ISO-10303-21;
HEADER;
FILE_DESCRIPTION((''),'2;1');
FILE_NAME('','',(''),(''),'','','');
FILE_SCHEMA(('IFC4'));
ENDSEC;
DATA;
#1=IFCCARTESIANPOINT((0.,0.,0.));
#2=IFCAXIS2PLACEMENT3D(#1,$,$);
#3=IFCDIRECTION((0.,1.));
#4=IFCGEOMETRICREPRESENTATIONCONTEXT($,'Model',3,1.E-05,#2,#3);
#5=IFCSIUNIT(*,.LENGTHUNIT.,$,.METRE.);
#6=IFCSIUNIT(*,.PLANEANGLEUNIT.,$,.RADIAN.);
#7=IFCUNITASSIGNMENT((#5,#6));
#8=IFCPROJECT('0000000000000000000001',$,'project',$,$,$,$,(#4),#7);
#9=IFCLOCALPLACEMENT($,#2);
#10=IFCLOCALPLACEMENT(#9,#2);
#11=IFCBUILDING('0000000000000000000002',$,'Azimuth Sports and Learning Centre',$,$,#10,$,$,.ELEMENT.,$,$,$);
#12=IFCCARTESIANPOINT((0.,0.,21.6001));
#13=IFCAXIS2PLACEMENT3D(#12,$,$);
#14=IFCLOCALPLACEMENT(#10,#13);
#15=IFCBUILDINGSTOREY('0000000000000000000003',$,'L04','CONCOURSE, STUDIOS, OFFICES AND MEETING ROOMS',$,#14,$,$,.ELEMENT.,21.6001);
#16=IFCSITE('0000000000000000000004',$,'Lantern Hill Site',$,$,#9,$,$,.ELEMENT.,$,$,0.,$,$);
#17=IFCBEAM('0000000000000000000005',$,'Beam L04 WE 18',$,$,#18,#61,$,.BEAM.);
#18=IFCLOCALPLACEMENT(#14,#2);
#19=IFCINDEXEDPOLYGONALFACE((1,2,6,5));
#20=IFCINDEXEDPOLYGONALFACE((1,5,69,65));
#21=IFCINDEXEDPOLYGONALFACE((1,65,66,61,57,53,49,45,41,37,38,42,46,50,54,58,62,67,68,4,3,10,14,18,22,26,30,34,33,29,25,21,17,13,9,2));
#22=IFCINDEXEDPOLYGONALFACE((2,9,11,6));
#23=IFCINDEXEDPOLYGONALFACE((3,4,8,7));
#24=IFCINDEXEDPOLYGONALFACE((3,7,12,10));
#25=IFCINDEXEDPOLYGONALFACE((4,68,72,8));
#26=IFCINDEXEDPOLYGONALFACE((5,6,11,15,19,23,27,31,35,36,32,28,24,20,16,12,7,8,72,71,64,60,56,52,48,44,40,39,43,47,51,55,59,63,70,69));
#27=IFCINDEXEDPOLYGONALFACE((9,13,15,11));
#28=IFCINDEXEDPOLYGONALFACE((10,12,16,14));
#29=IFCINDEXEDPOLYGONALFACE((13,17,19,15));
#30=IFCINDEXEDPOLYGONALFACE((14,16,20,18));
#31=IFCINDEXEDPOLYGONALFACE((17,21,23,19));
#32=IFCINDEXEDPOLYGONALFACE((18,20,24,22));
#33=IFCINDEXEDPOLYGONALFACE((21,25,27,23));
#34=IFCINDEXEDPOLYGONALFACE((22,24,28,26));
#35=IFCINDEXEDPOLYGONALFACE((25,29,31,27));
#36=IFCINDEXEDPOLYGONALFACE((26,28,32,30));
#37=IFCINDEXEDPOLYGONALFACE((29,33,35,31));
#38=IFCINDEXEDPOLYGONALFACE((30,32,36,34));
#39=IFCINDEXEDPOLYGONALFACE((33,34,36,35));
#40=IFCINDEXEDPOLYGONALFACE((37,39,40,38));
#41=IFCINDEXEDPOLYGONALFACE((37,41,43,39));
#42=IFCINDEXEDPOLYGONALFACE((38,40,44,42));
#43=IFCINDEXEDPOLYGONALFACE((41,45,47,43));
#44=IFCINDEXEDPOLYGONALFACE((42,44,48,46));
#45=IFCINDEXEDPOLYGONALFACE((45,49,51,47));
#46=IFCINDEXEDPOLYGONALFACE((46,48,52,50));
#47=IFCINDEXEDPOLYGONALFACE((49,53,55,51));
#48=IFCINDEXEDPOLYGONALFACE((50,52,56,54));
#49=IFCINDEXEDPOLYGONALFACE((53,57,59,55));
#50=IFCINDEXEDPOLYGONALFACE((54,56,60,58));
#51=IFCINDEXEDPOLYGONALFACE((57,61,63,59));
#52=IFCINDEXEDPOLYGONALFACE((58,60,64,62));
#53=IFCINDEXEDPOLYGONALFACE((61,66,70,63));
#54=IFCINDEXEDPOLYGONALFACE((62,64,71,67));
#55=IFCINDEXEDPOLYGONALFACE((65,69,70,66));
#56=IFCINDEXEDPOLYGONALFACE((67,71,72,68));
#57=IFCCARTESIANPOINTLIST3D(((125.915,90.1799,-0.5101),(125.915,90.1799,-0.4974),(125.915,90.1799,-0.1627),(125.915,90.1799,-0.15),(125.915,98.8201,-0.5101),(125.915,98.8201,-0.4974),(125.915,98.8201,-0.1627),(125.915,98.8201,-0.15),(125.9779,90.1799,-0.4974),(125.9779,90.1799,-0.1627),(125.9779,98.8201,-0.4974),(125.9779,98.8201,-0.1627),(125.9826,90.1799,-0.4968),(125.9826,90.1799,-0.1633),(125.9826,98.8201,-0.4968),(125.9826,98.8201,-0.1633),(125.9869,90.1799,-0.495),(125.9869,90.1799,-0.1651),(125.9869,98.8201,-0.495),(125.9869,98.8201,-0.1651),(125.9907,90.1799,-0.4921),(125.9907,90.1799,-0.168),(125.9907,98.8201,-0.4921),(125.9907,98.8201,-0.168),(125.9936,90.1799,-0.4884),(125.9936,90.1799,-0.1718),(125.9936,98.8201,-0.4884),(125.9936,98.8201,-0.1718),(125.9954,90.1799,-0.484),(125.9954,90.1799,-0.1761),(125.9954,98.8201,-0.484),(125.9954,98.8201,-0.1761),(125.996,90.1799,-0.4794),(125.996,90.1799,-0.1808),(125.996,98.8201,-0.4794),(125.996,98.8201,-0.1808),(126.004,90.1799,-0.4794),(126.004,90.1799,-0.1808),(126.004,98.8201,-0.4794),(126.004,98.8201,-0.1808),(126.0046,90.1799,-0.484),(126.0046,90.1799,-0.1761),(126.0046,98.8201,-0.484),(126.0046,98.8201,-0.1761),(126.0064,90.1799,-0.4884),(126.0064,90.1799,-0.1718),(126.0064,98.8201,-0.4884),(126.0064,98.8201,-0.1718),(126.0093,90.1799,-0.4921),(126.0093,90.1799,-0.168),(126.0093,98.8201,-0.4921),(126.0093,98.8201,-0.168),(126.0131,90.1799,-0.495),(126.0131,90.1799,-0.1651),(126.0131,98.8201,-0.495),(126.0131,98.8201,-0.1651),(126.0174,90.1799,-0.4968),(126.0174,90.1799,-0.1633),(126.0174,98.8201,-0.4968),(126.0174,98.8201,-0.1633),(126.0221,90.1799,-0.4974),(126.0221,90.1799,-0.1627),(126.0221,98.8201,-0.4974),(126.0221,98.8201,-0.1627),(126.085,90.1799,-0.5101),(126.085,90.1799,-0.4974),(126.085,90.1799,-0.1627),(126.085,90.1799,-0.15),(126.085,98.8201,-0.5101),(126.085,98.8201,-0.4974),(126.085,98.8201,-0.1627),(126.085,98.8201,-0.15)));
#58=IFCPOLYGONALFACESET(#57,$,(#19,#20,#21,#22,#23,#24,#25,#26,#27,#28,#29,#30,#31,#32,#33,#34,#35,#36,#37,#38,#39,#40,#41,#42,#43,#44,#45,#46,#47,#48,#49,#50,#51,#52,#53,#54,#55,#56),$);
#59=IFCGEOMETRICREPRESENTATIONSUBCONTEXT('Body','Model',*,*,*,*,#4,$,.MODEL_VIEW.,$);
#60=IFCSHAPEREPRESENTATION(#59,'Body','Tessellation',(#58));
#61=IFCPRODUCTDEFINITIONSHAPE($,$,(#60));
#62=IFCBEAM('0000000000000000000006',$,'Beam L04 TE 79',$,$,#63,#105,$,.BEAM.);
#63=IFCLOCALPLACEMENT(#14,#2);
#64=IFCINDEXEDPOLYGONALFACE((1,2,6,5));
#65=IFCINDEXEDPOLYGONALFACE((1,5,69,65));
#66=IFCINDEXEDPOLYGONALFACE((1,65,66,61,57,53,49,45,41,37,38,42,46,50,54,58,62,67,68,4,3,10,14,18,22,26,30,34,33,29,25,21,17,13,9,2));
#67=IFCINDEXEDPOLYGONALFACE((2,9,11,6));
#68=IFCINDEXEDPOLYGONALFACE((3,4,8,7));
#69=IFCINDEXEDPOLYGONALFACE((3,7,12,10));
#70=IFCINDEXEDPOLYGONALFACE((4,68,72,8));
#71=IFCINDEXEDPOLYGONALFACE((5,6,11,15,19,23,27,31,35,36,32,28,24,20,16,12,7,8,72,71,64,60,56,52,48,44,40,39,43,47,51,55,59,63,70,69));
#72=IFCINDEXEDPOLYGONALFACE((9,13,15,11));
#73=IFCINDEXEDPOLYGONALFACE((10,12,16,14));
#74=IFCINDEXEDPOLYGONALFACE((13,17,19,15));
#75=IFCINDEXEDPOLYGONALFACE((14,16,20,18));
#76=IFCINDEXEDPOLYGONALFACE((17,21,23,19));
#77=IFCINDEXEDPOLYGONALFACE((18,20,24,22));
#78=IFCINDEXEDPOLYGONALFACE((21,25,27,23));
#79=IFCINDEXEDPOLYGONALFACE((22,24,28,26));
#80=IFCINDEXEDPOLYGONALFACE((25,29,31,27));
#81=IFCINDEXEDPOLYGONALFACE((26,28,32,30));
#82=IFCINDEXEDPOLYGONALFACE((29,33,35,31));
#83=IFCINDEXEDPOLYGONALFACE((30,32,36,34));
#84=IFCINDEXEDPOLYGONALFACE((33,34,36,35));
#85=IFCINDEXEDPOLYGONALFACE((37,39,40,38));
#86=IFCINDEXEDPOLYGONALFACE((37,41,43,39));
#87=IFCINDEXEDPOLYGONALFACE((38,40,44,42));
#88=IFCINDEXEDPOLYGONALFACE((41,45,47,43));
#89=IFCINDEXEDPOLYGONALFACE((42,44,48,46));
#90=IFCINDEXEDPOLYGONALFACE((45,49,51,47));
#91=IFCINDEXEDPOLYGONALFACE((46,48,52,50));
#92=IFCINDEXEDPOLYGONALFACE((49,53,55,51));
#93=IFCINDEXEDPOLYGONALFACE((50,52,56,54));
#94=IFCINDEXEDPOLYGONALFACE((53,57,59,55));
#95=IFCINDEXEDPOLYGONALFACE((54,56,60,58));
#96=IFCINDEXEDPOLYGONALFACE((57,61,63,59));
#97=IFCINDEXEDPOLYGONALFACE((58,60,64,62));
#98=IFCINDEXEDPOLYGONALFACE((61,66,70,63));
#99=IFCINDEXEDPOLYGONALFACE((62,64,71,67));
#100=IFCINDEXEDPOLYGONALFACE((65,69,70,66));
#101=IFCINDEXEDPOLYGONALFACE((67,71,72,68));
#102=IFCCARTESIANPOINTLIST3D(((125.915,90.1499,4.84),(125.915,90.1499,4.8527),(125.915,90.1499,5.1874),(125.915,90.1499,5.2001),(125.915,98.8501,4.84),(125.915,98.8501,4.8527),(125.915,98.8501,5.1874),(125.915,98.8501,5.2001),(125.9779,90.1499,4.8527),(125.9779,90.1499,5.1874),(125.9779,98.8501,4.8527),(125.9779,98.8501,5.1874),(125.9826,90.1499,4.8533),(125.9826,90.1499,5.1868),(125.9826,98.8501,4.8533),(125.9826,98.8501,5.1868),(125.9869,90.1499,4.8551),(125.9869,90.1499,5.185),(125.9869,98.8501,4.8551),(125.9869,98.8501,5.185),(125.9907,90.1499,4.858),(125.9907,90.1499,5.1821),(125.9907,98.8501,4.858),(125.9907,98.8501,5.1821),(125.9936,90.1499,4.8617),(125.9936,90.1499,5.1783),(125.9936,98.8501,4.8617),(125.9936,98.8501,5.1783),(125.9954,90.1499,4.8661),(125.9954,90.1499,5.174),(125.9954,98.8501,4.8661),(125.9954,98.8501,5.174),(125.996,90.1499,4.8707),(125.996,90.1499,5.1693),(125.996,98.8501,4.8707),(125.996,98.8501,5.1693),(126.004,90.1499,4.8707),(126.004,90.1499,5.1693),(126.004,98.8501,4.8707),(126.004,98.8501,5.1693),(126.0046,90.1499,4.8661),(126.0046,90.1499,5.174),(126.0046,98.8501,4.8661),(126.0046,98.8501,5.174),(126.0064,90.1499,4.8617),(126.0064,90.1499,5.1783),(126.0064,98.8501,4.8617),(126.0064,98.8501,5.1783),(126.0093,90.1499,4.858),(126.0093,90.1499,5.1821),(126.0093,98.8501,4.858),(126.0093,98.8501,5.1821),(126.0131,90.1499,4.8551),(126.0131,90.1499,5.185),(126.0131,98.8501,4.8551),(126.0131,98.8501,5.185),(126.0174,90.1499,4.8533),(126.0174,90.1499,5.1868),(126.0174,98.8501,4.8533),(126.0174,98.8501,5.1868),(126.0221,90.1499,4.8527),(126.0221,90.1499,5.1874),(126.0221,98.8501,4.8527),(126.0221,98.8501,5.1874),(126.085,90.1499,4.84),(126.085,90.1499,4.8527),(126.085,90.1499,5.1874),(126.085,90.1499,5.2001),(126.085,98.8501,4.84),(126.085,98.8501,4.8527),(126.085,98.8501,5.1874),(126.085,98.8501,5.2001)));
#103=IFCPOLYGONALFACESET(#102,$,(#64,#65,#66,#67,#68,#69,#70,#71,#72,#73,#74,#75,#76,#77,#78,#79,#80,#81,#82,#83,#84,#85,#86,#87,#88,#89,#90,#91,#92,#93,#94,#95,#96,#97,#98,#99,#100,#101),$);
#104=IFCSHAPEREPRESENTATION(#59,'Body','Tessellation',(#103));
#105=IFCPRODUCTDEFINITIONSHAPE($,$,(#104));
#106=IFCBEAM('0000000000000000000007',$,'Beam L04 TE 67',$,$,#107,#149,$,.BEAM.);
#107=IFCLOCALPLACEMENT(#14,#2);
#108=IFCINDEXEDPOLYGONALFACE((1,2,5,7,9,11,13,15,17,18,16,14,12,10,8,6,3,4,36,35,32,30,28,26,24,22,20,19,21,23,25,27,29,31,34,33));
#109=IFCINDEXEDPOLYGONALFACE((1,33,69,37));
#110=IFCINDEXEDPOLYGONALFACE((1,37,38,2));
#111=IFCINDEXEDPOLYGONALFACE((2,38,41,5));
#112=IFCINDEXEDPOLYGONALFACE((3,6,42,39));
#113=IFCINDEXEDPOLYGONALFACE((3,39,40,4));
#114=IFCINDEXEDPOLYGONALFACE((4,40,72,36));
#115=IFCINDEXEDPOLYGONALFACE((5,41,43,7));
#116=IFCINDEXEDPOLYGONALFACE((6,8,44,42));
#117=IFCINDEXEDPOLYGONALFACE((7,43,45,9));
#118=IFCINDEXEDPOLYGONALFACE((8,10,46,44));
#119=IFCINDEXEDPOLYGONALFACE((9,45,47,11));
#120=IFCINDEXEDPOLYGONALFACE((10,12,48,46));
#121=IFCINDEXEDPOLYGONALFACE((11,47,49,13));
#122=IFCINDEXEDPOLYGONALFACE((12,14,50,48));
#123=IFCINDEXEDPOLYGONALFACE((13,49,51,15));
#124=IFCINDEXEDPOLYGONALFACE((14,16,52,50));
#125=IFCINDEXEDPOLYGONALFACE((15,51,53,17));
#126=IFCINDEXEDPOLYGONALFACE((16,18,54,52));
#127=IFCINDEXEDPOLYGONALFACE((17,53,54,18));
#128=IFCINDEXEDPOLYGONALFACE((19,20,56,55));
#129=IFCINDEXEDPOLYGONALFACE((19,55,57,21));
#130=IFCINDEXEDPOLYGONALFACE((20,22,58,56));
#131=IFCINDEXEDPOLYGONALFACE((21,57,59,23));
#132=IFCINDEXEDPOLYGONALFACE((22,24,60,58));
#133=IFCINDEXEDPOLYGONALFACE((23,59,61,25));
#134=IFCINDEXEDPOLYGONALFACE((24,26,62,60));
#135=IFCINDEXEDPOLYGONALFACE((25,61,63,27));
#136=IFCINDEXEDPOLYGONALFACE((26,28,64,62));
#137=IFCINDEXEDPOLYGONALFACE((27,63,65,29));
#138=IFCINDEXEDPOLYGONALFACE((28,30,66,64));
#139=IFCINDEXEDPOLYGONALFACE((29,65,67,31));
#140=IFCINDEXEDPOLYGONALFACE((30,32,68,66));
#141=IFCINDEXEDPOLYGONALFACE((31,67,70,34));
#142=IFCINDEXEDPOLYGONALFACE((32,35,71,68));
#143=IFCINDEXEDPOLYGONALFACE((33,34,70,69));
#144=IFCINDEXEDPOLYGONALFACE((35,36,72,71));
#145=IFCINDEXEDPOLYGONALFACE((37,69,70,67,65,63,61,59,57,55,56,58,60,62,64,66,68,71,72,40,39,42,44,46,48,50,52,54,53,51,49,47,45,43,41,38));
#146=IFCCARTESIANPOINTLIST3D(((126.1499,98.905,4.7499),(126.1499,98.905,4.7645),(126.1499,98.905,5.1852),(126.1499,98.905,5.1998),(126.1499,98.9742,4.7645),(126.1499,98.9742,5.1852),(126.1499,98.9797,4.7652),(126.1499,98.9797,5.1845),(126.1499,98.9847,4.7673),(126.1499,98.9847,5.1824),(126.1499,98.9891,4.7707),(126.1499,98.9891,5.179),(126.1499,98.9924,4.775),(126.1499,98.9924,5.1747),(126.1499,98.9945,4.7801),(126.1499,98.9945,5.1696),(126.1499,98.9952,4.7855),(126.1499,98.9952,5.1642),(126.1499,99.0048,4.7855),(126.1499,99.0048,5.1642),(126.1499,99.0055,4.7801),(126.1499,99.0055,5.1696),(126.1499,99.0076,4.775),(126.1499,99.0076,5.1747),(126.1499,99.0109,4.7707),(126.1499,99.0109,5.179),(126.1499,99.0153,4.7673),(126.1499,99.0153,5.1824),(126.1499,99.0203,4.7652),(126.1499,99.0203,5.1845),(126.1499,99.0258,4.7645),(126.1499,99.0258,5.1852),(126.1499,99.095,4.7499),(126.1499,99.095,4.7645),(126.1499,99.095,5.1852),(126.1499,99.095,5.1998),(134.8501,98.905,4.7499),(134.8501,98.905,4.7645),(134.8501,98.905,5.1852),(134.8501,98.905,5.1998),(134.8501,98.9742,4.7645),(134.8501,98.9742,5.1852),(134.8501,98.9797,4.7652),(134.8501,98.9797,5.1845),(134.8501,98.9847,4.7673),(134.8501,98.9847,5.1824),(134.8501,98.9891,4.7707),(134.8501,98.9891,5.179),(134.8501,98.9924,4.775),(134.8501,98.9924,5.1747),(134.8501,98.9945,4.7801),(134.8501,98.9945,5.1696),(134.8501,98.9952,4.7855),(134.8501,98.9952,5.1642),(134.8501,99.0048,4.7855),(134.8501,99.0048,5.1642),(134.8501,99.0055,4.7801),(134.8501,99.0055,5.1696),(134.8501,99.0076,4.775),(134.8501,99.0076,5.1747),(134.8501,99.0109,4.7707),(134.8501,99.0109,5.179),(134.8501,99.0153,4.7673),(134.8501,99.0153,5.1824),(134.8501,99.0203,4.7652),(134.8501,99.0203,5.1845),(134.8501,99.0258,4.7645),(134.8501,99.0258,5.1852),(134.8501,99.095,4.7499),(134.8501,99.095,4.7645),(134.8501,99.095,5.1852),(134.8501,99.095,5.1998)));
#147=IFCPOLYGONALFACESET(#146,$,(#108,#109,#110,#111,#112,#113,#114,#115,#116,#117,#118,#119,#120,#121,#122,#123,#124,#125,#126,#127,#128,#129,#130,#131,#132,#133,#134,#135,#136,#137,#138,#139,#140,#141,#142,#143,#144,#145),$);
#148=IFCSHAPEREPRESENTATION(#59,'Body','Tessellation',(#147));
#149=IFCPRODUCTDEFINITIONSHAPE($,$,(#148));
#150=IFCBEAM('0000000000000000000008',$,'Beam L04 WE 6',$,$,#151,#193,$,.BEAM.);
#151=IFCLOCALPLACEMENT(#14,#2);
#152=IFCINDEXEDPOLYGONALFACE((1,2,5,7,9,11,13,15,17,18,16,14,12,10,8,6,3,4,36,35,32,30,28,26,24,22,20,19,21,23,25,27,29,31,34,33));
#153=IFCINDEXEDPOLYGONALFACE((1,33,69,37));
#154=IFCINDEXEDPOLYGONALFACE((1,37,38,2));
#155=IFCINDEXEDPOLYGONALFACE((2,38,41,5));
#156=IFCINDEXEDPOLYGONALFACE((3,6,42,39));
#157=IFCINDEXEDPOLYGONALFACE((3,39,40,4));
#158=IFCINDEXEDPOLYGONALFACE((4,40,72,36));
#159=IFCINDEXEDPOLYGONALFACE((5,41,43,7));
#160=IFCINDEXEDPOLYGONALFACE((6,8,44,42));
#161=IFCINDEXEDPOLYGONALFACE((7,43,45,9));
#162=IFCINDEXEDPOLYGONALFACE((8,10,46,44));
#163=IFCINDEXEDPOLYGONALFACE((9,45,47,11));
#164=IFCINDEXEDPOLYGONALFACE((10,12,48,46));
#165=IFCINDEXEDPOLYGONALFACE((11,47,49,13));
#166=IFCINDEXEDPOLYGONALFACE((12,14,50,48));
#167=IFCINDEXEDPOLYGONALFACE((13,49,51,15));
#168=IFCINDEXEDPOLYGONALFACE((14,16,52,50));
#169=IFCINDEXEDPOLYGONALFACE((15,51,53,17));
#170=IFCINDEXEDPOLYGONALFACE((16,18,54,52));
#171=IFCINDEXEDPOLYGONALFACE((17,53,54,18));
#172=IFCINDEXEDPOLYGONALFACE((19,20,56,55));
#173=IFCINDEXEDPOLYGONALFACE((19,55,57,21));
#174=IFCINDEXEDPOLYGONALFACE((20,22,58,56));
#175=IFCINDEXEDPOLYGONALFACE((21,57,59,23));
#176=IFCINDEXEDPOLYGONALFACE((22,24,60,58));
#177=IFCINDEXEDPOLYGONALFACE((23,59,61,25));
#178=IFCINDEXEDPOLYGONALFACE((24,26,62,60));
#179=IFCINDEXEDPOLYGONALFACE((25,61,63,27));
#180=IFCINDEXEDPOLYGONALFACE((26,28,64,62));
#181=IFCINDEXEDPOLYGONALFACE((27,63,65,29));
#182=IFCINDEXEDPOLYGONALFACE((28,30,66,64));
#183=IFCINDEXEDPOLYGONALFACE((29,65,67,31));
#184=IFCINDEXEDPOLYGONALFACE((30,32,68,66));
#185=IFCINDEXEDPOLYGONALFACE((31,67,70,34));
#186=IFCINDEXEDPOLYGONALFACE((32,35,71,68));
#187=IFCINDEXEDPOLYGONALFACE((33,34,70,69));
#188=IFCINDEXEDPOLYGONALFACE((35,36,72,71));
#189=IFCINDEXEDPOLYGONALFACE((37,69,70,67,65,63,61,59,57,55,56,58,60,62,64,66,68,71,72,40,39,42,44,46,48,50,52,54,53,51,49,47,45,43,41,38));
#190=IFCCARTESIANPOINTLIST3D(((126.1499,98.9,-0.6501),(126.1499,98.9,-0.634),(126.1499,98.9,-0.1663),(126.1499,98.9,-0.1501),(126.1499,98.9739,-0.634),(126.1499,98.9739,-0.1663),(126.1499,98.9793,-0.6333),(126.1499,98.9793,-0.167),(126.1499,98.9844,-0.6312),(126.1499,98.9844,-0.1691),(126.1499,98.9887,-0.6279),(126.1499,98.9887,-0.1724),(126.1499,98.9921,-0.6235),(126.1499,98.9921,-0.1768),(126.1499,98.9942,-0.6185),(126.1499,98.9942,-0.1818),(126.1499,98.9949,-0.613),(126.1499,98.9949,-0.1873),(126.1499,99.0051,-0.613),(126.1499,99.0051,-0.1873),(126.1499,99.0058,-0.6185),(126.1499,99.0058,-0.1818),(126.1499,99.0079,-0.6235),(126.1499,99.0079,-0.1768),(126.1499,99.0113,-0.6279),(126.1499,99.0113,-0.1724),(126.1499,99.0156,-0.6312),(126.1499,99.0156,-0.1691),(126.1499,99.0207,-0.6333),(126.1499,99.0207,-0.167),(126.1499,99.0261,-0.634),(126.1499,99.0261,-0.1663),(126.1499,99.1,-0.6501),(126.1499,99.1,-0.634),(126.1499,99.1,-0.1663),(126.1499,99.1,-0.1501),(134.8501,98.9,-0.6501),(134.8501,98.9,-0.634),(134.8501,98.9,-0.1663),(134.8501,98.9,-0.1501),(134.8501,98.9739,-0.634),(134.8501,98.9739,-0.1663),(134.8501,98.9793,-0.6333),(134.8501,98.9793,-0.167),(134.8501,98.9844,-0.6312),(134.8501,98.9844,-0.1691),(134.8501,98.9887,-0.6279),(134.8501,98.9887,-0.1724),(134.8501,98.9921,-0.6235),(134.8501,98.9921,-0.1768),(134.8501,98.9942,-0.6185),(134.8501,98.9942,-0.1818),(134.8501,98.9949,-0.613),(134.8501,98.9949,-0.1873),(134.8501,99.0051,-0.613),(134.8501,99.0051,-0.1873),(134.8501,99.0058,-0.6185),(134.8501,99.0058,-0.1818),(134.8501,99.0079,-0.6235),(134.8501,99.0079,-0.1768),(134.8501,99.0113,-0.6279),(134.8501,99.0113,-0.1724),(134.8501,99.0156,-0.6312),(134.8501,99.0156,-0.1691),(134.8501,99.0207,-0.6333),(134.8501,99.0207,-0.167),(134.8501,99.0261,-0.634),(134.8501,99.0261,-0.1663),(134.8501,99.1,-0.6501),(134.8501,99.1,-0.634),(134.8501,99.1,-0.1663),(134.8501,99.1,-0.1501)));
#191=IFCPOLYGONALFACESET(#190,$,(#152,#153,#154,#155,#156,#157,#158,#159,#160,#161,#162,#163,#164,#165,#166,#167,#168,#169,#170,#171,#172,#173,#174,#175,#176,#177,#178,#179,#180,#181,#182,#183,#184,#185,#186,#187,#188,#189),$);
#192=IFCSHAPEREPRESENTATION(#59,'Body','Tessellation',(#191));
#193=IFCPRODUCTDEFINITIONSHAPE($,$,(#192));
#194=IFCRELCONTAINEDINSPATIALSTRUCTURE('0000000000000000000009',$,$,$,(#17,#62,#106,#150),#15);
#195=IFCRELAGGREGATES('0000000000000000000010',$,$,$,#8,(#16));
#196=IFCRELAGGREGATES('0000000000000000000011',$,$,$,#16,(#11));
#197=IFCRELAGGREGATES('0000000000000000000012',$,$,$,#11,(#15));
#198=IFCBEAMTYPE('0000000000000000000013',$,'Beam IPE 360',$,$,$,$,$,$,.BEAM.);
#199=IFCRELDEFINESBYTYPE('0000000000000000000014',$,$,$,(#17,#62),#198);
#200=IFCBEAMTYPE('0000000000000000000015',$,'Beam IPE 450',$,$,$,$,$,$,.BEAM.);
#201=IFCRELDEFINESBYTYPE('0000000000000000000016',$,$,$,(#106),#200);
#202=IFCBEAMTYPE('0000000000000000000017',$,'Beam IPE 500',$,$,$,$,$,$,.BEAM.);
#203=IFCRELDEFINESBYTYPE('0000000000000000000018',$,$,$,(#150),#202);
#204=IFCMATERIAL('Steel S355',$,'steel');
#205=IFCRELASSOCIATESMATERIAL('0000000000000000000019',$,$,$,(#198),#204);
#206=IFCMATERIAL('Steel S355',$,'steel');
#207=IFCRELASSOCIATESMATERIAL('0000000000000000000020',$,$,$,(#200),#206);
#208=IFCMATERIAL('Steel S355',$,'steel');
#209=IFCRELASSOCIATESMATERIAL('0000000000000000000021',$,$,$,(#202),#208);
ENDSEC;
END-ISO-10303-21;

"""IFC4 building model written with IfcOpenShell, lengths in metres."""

from ifc_helpers import new_model, si_unit, direction, frame, origin, origin_2d, place, context, subcontext, project, spatial, i_section, extrude, material, material_profile, profile_set, type_object, element, save


model = new_model("IFC4")

# Units and contexts
model_context = context("Model", 3, precision=1e-05, world=origin(), true_north=direction((0.0, 1.0)))
body_context = subcontext(model_context, "Body", "Model", "MODEL_VIEW")
ifc_project = project(units=[si_unit("LENGTHUNIT", "METRE"), si_unit("PLANEANGLEUNIT", "RADIAN")], contexts=[model_context])

# Site, building, storey
site_placement = place(None, origin())
site = spatial("IfcSite", under=ifc_project, at=site_placement, Name="Lantern Hill Site", CompositionType="ELEMENT", RefElevation=0.0)
building_placement = place(site_placement, origin())
building = spatial("IfcBuilding", under=site, at=building_placement, Name="Azimuth Sports and Learning Centre", CompositionType="ELEMENT")
storey_placement = place(building_placement, frame((0.0, 0.0, 21.6001)))
storey = spatial("IfcBuildingStorey", under=building, at=storey_placement, Name="L04", Description="CONCOURSE, STUDIOS, OFFICES AND MEETING ROOMS", CompositionType="ELEMENT", Elevation=21.6001)

# Beams
ifc_material_1 = material(Name="Steel S355", Category="steel")
ifc_material_profile_1 = material_profile(ifc_material_1, i_section(OverallWidth=0.1699, OverallDepth=0.3601, WebThickness=0.0081, FlangeThickness=0.0127, FilletRadius=0.0181, at=origin_2d()), Name="IPE 360")
ifc_profile_set_1 = profile_set([ifc_material_profile_1], Name="Steel S355")
beam_type_1 = type_object("IfcBeamType", Name="Beam IPE 360", PredefinedType="BEAM", material=ifc_profile_set_1)
beam_1_placement = place(storey_placement, frame((126.0, 90.1799, -0.3301), z_axis=(0.0, 1.0, 0.0), x_axis=(-1.0, 0.0, 0.0)))
element("IfcBeam", 1, at=beam_1_placement, inside=storey, type_object=beam_type_1, Name="Beam L04 WE 18", PredefinedType="BEAM", context=body_context, shape_type="SweptSolid", body=[
    extrude(i_section(OverallWidth=0.1699, OverallDepth=0.3601, WebThickness=0.0081, FlangeThickness=0.0127, FilletRadius=0.0181, at=origin_2d()), origin(), (0.0, 0.0, 1.0), 8.6401),
])
beam_2_placement = place(storey_placement, frame((126.0, 90.1499, 5.02), z_axis=(0.0, 1.0, 0.0), x_axis=(-1.0, 0.0, 0.0)))
element("IfcBeam", 2, at=beam_2_placement, inside=storey, type_object=beam_type_1, Name="Beam L04 TE 79", PredefinedType="BEAM", context=body_context, shape_type="SweptSolid", body=[
    extrude(i_section(OverallWidth=0.1699, OverallDepth=0.3601, WebThickness=0.0081, FlangeThickness=0.0127, FilletRadius=0.0181, at=origin_2d()), origin(), (0.0, 0.0, 1.0), 8.7002),
])
ifc_material_2 = material(Name="Steel S355", Category="steel")
ifc_material_profile_2 = material_profile(ifc_material_2, i_section(OverallWidth=0.1899, OverallDepth=0.45, WebThickness=0.0095, FlangeThickness=0.0146, FilletRadius=0.021, at=origin_2d()), Name="IPE 450")
ifc_profile_set_2 = profile_set([ifc_material_profile_2], Name="Steel S355")
beam_type_2 = type_object("IfcBeamType", Name="Beam IPE 450", PredefinedType="BEAM", material=ifc_profile_set_2)
beam_3_placement = place(storey_placement, frame((126.1499, 99.0, 4.9749), z_axis=(1.0, 0.0, 0.0), x_axis=(0.0, 1.0, 0.0)))
element("IfcBeam", 3, at=beam_3_placement, inside=storey, type_object=beam_type_2, Name="Beam L04 TE 67", PredefinedType="BEAM", context=body_context, shape_type="SweptSolid", body=[
    extrude(i_section(OverallWidth=0.1899, OverallDepth=0.45, WebThickness=0.0095, FlangeThickness=0.0146, FilletRadius=0.021, at=origin_2d()), origin(), (0.0, 0.0, 1.0), 8.7002),
])
ifc_material_3 = material(Name="Steel S355", Category="steel")
ifc_material_profile_3 = material_profile(ifc_material_3, i_section(OverallWidth=0.2, OverallDepth=0.5, WebThickness=0.0103, FlangeThickness=0.0161, FilletRadius=0.021, at=origin_2d()), Name="IPE 500")
ifc_profile_set_3 = profile_set([ifc_material_profile_3], Name="Steel S355")
beam_type_3 = type_object("IfcBeamType", Name="Beam IPE 500", PredefinedType="BEAM", material=ifc_profile_set_3)
beam_4_placement = place(storey_placement, frame((126.1499, 99.0, -0.4001), z_axis=(1.0, 0.0, 0.0), x_axis=(0.0, 1.0, 0.0)))
element("IfcBeam", 4, at=beam_4_placement, inside=storey, type_object=beam_type_3, Name="Beam L04 WE 6", PredefinedType="BEAM", context=body_context, shape_type="SweptSolid", body=[
    extrude(i_section(OverallWidth=0.2, OverallDepth=0.5, WebThickness=0.0103, FlangeThickness=0.0161, FilletRadius=0.021, at=origin_2d()), origin(), (0.0, 0.0, 1.0), 8.7002),
])

save(model, "model.ifc")
